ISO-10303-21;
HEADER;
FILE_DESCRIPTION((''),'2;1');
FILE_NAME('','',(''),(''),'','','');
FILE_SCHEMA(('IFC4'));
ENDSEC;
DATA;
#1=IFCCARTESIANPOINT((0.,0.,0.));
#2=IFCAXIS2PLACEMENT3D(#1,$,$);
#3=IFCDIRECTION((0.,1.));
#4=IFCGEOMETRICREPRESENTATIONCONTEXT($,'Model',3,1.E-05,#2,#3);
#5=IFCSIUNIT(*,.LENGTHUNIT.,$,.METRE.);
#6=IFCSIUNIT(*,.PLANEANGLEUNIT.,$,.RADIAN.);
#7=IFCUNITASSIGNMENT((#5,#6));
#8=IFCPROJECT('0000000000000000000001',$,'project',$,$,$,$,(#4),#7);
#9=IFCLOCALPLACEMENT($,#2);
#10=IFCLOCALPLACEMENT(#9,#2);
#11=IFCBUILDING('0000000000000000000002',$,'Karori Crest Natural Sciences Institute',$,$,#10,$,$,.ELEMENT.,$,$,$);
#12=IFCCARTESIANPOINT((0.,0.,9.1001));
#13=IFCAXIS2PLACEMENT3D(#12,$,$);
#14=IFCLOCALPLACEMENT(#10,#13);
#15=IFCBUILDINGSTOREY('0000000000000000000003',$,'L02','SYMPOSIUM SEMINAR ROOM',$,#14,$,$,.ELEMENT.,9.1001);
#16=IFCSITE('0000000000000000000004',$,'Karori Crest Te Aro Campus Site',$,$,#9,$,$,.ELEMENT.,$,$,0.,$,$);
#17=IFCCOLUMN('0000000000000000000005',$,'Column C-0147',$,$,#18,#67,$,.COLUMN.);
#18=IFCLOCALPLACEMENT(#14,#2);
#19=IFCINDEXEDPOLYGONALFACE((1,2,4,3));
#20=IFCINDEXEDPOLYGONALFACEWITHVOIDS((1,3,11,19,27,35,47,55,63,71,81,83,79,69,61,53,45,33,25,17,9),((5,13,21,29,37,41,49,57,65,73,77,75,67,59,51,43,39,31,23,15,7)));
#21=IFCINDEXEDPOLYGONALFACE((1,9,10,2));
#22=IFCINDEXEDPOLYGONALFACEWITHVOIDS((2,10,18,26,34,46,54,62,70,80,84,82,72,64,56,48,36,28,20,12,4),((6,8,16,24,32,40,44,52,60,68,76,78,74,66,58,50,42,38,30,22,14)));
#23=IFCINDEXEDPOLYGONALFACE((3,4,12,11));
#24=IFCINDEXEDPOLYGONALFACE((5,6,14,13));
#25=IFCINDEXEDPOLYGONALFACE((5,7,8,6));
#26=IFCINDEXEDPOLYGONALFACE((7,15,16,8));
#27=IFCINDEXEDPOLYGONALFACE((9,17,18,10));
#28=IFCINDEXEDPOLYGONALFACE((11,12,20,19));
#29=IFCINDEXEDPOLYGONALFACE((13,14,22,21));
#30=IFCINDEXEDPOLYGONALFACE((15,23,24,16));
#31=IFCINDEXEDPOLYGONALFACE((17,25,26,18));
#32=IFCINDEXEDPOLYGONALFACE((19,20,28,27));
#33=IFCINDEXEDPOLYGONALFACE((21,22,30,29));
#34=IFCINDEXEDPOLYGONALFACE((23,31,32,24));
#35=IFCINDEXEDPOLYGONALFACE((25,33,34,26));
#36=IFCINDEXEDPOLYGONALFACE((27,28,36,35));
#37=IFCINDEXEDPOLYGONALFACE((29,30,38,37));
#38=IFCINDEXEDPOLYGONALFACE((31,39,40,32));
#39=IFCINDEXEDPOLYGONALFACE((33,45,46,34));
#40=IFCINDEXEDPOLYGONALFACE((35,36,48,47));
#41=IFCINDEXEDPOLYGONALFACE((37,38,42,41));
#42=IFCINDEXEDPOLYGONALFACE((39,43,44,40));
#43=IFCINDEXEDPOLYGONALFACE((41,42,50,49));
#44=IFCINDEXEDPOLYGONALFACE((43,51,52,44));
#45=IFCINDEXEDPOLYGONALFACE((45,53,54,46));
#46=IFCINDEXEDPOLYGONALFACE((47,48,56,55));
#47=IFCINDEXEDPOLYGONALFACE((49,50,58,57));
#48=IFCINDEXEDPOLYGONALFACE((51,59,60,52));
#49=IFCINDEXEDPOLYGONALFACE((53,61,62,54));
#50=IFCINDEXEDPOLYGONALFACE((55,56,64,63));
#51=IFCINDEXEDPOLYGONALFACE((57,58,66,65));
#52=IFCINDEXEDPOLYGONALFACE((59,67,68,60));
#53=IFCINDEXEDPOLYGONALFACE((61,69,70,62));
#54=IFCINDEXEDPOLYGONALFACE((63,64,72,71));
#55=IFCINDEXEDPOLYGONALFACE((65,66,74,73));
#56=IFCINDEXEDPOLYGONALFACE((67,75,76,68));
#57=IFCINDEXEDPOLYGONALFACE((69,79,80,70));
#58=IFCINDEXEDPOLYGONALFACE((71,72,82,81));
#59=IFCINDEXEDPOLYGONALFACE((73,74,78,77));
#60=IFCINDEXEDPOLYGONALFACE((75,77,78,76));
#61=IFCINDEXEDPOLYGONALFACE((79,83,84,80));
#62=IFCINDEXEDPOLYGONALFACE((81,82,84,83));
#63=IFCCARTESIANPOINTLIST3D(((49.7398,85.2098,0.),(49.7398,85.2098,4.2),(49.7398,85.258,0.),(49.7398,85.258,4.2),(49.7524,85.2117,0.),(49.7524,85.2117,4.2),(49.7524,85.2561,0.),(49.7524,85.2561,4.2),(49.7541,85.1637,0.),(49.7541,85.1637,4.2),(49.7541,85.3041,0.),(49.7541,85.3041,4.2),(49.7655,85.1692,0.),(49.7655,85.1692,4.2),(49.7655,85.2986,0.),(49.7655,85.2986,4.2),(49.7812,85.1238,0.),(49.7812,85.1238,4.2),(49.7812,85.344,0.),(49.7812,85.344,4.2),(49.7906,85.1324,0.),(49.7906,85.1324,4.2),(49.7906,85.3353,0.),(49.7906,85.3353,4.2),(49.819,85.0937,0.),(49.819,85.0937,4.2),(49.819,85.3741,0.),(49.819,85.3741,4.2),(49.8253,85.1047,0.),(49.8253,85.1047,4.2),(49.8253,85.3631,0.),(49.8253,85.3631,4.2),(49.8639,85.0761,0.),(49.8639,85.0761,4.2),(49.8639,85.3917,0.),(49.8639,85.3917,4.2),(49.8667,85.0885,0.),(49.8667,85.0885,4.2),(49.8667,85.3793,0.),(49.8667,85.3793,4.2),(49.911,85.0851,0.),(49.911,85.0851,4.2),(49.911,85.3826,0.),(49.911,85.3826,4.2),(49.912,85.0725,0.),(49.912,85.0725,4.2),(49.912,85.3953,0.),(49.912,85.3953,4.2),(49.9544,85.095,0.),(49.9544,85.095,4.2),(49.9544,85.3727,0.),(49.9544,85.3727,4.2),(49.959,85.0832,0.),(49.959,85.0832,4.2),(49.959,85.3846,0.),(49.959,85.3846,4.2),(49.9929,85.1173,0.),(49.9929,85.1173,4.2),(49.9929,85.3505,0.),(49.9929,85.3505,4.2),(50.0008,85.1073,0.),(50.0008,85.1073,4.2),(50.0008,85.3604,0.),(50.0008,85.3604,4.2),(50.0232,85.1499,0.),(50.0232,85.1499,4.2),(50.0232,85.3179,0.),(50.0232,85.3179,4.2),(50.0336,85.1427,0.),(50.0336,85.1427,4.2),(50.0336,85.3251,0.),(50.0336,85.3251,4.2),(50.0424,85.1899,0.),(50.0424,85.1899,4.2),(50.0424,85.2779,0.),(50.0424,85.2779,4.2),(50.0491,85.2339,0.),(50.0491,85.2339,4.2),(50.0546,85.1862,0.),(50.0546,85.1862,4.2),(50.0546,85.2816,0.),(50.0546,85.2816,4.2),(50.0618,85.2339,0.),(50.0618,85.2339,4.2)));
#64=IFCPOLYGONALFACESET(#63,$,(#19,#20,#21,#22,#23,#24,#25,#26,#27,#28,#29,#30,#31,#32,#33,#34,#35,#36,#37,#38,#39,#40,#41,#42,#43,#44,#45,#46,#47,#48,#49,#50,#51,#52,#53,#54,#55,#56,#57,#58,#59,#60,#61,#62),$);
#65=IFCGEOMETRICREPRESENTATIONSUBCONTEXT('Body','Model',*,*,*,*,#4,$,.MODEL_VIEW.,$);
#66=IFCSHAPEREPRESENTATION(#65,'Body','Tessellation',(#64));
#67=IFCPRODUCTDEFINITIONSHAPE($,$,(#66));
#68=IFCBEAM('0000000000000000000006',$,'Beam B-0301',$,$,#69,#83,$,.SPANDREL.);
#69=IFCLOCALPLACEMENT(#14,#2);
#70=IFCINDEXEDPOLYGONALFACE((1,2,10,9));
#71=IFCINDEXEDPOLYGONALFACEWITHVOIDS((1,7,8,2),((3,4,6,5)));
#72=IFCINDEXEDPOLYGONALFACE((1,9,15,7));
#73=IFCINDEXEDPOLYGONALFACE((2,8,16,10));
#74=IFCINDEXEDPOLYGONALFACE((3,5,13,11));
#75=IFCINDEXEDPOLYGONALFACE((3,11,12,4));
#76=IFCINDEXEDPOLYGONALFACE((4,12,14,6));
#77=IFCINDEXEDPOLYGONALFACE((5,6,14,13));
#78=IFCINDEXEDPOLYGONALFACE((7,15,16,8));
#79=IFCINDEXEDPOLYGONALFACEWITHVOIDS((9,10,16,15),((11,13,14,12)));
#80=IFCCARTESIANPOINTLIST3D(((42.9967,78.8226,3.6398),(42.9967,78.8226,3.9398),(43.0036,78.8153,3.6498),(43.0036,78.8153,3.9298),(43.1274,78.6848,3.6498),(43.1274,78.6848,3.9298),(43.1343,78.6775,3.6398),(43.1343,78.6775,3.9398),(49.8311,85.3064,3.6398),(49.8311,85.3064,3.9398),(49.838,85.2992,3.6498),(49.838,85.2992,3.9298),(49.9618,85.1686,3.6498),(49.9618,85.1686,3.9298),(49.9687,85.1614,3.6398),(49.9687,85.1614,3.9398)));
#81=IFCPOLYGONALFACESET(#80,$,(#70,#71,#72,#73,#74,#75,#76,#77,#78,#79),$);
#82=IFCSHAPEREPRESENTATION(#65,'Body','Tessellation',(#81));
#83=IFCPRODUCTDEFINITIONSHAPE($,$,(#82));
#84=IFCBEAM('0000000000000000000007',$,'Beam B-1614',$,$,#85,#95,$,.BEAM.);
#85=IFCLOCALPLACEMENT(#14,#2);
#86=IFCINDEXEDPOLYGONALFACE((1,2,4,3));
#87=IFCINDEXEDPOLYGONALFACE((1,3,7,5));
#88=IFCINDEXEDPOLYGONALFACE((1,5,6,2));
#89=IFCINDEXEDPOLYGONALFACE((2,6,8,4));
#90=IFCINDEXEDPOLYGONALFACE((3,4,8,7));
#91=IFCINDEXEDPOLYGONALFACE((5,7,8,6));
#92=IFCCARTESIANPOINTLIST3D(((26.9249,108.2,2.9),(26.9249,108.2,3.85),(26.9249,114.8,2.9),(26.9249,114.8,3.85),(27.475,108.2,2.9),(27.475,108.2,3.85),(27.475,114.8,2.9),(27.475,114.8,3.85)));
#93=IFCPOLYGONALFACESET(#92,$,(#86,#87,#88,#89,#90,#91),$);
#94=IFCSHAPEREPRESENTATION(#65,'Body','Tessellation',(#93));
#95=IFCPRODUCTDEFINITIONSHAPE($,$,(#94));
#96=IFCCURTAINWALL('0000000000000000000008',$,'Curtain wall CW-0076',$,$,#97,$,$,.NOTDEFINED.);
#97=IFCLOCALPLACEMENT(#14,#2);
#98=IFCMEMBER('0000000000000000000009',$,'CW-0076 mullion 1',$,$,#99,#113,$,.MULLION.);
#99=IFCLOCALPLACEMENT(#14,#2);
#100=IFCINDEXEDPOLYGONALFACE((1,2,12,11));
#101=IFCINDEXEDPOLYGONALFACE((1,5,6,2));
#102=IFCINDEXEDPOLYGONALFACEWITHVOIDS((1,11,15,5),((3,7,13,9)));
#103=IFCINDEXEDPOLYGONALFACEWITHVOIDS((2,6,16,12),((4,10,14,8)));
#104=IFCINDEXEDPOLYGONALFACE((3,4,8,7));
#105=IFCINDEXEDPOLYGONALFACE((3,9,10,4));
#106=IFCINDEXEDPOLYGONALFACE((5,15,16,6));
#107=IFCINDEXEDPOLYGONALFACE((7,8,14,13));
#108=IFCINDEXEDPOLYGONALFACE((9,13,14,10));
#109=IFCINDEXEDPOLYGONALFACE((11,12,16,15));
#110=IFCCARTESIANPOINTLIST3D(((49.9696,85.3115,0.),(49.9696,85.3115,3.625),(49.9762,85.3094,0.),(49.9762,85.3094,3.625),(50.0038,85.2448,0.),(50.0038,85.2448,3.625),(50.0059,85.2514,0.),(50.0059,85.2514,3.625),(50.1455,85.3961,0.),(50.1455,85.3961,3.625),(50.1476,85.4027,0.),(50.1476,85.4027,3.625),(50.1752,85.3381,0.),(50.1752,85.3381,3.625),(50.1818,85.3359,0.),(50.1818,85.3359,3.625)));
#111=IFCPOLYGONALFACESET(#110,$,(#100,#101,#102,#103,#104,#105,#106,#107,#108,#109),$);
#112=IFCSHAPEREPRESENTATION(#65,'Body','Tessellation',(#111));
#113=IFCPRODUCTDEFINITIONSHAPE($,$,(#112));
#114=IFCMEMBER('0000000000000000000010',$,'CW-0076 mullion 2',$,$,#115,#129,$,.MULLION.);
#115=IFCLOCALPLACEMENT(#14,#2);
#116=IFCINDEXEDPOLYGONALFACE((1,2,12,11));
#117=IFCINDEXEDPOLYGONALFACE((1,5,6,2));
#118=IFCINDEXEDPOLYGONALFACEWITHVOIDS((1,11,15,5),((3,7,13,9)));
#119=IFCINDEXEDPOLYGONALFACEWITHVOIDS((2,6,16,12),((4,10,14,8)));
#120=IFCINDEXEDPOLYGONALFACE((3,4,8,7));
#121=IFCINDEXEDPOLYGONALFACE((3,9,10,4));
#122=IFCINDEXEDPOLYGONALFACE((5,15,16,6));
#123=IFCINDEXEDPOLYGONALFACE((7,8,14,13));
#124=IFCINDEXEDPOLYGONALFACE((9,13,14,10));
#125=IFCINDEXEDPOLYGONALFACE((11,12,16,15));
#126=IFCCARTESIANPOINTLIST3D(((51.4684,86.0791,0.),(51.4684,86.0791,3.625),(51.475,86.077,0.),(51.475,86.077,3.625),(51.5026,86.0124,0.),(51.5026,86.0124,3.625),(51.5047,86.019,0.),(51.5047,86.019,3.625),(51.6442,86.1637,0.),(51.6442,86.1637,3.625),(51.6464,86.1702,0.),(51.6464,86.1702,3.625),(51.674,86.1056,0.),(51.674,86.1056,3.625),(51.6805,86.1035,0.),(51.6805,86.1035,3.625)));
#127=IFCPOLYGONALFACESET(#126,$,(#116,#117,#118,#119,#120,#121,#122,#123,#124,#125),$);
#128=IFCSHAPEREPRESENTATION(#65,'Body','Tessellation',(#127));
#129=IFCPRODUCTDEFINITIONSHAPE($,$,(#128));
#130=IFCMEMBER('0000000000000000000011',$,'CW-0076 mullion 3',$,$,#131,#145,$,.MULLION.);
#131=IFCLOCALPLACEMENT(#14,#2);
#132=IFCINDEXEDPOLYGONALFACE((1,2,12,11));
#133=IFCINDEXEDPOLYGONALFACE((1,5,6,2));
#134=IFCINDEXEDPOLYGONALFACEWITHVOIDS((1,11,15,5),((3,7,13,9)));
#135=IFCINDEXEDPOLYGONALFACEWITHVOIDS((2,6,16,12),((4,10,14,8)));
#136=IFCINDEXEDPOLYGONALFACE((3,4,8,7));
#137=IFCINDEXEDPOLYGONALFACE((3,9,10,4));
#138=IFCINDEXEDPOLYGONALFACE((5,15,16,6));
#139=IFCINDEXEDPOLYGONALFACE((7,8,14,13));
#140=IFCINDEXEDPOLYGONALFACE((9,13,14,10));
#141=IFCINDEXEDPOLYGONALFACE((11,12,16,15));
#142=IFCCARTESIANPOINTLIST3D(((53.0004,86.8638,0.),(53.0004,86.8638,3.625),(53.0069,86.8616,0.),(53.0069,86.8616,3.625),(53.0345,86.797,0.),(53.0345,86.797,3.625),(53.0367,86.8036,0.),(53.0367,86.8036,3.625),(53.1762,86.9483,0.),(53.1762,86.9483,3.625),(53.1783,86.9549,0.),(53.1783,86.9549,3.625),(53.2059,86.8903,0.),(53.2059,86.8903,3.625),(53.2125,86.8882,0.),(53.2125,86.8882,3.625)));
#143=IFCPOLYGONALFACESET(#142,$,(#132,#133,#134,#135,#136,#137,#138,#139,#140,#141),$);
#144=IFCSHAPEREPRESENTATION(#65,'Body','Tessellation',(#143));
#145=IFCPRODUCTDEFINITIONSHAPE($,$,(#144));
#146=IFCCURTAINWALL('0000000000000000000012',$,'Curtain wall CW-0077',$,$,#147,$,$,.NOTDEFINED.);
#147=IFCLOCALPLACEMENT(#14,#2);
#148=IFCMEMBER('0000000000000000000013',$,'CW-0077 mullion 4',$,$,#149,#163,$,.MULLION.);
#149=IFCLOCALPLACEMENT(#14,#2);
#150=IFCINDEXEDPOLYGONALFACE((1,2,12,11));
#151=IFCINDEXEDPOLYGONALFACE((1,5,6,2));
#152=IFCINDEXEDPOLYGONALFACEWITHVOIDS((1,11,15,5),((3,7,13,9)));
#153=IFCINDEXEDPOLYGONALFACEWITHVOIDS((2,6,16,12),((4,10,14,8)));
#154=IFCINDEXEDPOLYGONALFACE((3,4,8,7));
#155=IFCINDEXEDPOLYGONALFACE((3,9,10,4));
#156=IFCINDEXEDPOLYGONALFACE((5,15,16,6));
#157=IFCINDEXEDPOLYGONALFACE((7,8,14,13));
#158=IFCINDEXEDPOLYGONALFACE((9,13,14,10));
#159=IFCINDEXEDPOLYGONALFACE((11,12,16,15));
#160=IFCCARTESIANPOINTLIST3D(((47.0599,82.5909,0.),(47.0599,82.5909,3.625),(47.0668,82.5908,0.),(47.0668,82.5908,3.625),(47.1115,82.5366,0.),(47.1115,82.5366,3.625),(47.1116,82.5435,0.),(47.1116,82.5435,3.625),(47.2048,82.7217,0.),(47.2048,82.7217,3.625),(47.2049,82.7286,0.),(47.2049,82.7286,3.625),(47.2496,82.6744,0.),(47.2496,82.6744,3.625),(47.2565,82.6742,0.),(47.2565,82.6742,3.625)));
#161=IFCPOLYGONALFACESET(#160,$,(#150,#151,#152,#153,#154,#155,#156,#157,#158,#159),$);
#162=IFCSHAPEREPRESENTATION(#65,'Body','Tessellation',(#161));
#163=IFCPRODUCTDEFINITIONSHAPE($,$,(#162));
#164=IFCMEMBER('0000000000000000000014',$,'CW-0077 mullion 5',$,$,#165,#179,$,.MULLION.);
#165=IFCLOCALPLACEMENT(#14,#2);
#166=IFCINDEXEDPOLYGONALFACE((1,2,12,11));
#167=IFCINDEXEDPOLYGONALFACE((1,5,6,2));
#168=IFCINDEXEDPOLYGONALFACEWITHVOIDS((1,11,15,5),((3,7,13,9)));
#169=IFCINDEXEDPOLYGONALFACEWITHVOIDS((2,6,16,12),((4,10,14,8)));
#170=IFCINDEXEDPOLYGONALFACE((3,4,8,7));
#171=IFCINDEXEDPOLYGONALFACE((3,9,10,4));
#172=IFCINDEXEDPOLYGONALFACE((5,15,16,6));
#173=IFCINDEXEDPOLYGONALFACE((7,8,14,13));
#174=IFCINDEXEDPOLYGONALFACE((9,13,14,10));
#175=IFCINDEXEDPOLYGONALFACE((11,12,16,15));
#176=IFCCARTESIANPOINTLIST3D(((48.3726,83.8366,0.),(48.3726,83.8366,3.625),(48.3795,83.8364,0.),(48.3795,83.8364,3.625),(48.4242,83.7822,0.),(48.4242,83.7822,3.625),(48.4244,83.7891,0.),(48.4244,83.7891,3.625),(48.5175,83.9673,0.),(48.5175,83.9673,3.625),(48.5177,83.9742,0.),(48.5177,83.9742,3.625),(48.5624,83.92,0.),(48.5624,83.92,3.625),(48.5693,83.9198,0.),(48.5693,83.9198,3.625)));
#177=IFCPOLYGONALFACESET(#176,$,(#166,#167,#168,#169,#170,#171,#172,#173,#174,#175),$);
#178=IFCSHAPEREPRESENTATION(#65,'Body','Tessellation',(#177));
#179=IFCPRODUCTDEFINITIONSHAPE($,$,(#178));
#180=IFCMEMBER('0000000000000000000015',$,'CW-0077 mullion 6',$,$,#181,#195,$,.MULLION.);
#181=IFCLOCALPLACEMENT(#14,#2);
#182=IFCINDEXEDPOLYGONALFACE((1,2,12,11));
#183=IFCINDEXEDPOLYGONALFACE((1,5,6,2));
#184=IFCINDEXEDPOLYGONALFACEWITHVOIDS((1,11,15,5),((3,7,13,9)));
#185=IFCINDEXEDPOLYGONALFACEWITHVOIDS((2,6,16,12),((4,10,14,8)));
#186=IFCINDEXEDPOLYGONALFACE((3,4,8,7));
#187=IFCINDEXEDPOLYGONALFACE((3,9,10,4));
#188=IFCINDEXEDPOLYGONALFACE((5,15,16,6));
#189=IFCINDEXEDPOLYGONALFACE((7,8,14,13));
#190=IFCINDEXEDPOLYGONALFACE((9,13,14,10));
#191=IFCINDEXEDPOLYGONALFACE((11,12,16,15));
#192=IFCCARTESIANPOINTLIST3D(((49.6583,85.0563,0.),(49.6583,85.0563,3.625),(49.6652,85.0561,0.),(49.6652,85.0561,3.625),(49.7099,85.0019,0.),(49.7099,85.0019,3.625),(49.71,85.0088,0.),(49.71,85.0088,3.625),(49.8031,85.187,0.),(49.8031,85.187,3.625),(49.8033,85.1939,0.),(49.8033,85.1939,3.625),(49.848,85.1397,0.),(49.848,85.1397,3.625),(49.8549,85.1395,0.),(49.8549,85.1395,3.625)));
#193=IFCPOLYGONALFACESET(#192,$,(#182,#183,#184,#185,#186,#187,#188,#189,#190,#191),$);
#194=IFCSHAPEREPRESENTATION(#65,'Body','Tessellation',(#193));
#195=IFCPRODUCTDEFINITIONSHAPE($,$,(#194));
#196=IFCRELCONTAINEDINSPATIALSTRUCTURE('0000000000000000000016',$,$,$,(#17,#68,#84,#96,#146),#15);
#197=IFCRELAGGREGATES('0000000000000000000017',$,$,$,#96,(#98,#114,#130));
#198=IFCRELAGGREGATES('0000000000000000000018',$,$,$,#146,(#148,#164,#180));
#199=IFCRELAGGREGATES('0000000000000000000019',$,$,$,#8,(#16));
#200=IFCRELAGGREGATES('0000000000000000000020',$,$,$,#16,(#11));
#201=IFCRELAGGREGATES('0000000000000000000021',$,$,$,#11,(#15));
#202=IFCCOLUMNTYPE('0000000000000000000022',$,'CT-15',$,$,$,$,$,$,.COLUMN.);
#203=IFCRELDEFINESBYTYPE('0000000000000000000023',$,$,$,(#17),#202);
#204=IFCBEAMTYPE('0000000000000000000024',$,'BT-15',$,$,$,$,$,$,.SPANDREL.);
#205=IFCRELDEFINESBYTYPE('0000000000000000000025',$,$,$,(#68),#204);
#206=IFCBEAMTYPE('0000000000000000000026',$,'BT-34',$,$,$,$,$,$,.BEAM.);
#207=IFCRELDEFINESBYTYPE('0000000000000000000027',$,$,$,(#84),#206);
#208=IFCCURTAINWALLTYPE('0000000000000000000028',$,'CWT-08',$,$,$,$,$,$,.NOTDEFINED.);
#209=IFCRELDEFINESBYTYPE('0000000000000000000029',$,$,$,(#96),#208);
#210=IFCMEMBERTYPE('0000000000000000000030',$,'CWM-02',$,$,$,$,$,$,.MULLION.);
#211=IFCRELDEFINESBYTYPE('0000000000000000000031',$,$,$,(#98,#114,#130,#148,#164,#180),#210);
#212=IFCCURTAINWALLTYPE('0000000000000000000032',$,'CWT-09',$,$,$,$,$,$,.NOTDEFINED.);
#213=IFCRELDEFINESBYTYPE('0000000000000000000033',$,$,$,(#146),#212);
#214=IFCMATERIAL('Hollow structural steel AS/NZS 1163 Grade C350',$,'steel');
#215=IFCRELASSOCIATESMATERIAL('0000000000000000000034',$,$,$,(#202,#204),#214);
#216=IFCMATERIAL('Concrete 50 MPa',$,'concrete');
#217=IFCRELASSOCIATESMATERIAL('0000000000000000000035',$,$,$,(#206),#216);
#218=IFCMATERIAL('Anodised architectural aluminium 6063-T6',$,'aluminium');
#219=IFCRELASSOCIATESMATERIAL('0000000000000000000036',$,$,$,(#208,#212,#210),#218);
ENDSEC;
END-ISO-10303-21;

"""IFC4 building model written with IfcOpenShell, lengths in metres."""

from ifc_helpers import new_model, si_unit, direction, frame, origin, origin_2d, place, context, subcontext, project, spatial, rectangle, hollow_rectangle, hollow_circle, extrude, material, material_profile, profile_set, type_object, element, aggregate, save


model = new_model("IFC4")

# Units and contexts
model_context = context("Model", 3, precision=1e-05, world=origin(), true_north=direction((0.0, 1.0)))
body_context = subcontext(model_context, "Body", "Model", "MODEL_VIEW")
ifc_project = project(units=[si_unit("LENGTHUNIT", "METRE"), si_unit("PLANEANGLEUNIT", "RADIAN")], contexts=[model_context])

# Site, building, storey
site_placement = place(None, origin())
site = spatial("IfcSite", under=ifc_project, at=site_placement, Name="Karori Crest Te Aro Campus Site", CompositionType="ELEMENT", RefElevation=0.0)
building_placement = place(site_placement, origin())
building = spatial("IfcBuilding", under=site, at=building_placement, Name="Karori Crest Natural Sciences Institute", CompositionType="ELEMENT")
storey_placement = place(building_placement, frame((0.0, 0.0, 9.1001)))
storey = spatial("IfcBuildingStorey", under=building, at=storey_placement, Name="L02", Description="SYMPOSIUM SEMINAR ROOM", CompositionType="ELEMENT", Elevation=9.1001)

# Column
ifc_material_1 = material(Name="Hollow structural steel AS/NZS 1163 Grade C350", Category="steel")
ifc_material_profile_1 = material_profile(ifc_material_1, hollow_circle(Radius=0.1619, WallThickness=0.0127, at=origin_2d()), Name="CHS323.9x12.7")
ifc_profile_set_1 = profile_set([ifc_material_profile_1], Name="Hollow structural steel AS/NZS 1163 Grade C350")
column_type = type_object("IfcColumnType", Name="CT-15", PredefinedType="COLUMN", material=ifc_profile_set_1)
column_placement = place(storey_placement, frame((49.8999, 85.2339, 0.0), z_axis=(0.0, 0.0, 1.0), x_axis=(1.0, 0.0, 0.0)))
element("IfcColumn", 1, at=column_placement, inside=storey, type_object=column_type, Name="Column C-0147", PredefinedType="COLUMN", context=body_context, shape_type="SweptSolid", body=[
    extrude(hollow_circle(Radius=0.1619, WallThickness=0.0127, at=origin_2d()), origin(), (0.0, 0.0, 1.0), 4.2),
])

# Beams
ifc_material_profile_2 = material_profile(ifc_material_1, hollow_rectangle(XDim=0.2, YDim=0.3, WallThickness=0.01, at=origin_2d()), Name="RHS300x200x10")
ifc_profile_set_2 = profile_set([ifc_material_profile_2], Name="Hollow structural steel AS/NZS 1163 Grade C350")
beam_type_1 = type_object("IfcBeamType", Name="BT-15", PredefinedType="SPANDREL", material=ifc_profile_set_2)
beam_1_placement = place(storey_placement, frame((49.8999, 85.2339, 3.7898), z_axis=(-0.725469, -0.688255, 0.0), x_axis=(0.688255, -0.725469, 0.0)))
element("IfcBeam", 2, at=beam_1_placement, inside=storey, type_object=beam_type_1, Name="Beam B-0301", PredefinedType="SPANDREL", context=body_context, shape_type="SweptSolid", body=[
    extrude(hollow_rectangle(XDim=0.2, YDim=0.3, WallThickness=0.01, at=origin_2d()), origin(), (0.0, 0.0, 1.0), 9.4207),
])
ifc_material_2 = material(Name="Concrete 50 MPa", Category="concrete")
ifc_material_profile_3 = material_profile(ifc_material_2, rectangle(XDim=0.55, YDim=0.95, at=origin_2d()), Name="RCB550x950")
ifc_profile_set_3 = profile_set([ifc_material_profile_3], Name="Concrete 50 MPa")
beam_type_2 = type_object("IfcBeamType", Name="BT-34", PredefinedType="BEAM", material=ifc_profile_set_3)
beam_2_placement = place(storey_placement, frame((27.2, 108.2, 3.375), z_axis=(0.0, 1.0, 0.0), x_axis=(-1.0, 0.0, 0.0)))
element("IfcBeam", 3, at=beam_2_placement, inside=storey, type_object=beam_type_2, Name="Beam B-1614", PredefinedType="BEAM", context=body_context, shape_type="SweptSolid", body=[
    extrude(rectangle(XDim=0.55, YDim=0.95, at=origin_2d()), origin(), (0.0, 0.0, 1.0), 6.6001),
])

# Curtain walls, members
ifc_material_3 = material(Name="Anodised architectural aluminium 6063-T6", Category="aluminium")
curtain_wall_type_1 = type_object("IfcCurtainWallType", Name="CWT-08", PredefinedType="NOTDEFINED", material=ifc_material_3)
curtain_wall_1_placement = place(storey_placement, origin())
curtain_wall_1 = element("IfcCurtainWall", 4, at=curtain_wall_1_placement, inside=storey, type_object=curtain_wall_type_1, Name="Curtain wall CW-0076", PredefinedType="NOTDEFINED")
ifc_material_profile_4 = material_profile(ifc_material_3, hollow_rectangle(XDim=0.075, YDim=0.2, WallThickness=0.0049, at=origin_2d()), Name="CWM200x75x5")
ifc_profile_set_4 = profile_set([ifc_material_profile_4], Name="Anodised architectural aluminium 6063-T6")
member_type_1 = type_object("IfcMemberType", Name="CWM-02", PredefinedType="MULLION", material=ifc_profile_set_4)
member_1_placement = place(storey_placement, frame((50.0757, 85.3237, 0.0), z_axis=(0.0, 0.0, 1.0), x_axis=(-0.455833, 0.890065, 0.0)))
member_1 = element("IfcMember", 5, at=member_1_placement, type_object=member_type_1, Name="CW-0076 mullion 1", PredefinedType="MULLION", context=body_context, shape_type="SweptSolid", body=[
    extrude(hollow_rectangle(XDim=0.075, YDim=0.2, WallThickness=0.0049, at=origin_2d()), origin(), (0.0, 0.0, 1.0), 3.625),
])
member_2_placement = place(storey_placement, frame((51.5745, 86.0913, 0.0), z_axis=(0.0, 0.0, 1.0), x_axis=(-0.455833, 0.890065, 0.0)))
member_2 = element("IfcMember", 6, at=member_2_placement, type_object=member_type_1, Name="CW-0076 mullion 2", PredefinedType="MULLION", context=body_context, shape_type="SweptSolid", body=[
    extrude(hollow_rectangle(XDim=0.075, YDim=0.2, WallThickness=0.0049, at=origin_2d()), origin(), (0.0, 0.0, 1.0), 3.625),
])
member_3_placement = place(storey_placement, frame((53.1064, 86.876, 0.0), z_axis=(0.0, 0.0, 1.0), x_axis=(-0.455833, 0.890065, 0.0)))
member_3 = element("IfcMember", 7, at=member_3_placement, type_object=member_type_1, Name="CW-0076 mullion 3", PredefinedType="MULLION", context=body_context, shape_type="SweptSolid", body=[
    extrude(hollow_rectangle(XDim=0.075, YDim=0.2, WallThickness=0.0049, at=origin_2d()), origin(), (0.0, 0.0, 1.0), 3.625),
])
curtain_wall_type_2 = type_object("IfcCurtainWallType", Name="CWT-09", PredefinedType="NOTDEFINED", material=ifc_material_3)
curtain_wall_2_placement = place(storey_placement, origin())
curtain_wall_2 = element("IfcCurtainWall", 8, at=curtain_wall_2_placement, inside=storey, type_object=curtain_wall_type_2, Name="Curtain wall CW-0077", PredefinedType="NOTDEFINED")
member_4_placement = place(storey_placement, frame((47.1582, 82.6326, 0.0), z_axis=(0.0, 0.0, 1.0), x_axis=(-0.688251, 0.725473, 0.0)))
member_4 = element("IfcMember", 9, at=member_4_placement, type_object=member_type_1, Name="CW-0077 mullion 4", PredefinedType="MULLION", context=body_context, shape_type="SweptSolid", body=[
    extrude(hollow_rectangle(XDim=0.075, YDim=0.2, WallThickness=0.0049, at=origin_2d()), origin(), (0.0, 0.0, 1.0), 3.625),
])
member_5_placement = place(storey_placement, frame((48.4709, 83.8782, 0.0), z_axis=(0.0, 0.0, 1.0), x_axis=(-0.688251, 0.725473, 0.0)))
member_5 = element("IfcMember", 10, at=member_5_placement, type_object=member_type_1, Name="CW-0077 mullion 5", PredefinedType="MULLION", context=body_context, shape_type="SweptSolid", body=[
    extrude(hollow_rectangle(XDim=0.075, YDim=0.2, WallThickness=0.0049, at=origin_2d()), origin(), (0.0, 0.0, 1.0), 3.625),
])
member_6_placement = place(storey_placement, frame((49.7566, 85.0979, 0.0), z_axis=(0.0, 0.0, 1.0), x_axis=(-0.688251, 0.725473, 0.0)))
member_6 = element("IfcMember", 11, at=member_6_placement, type_object=member_type_1, Name="CW-0077 mullion 6", PredefinedType="MULLION", context=body_context, shape_type="SweptSolid", body=[
    extrude(hollow_rectangle(XDim=0.075, YDim=0.2, WallThickness=0.0049, at=origin_2d()), origin(), (0.0, 0.0, 1.0), 3.625),
])

aggregate(curtain_wall_1, [member_1, member_2, member_3])
aggregate(curtain_wall_2, [member_4, member_5, member_6])

save(model, "model.ifc")
